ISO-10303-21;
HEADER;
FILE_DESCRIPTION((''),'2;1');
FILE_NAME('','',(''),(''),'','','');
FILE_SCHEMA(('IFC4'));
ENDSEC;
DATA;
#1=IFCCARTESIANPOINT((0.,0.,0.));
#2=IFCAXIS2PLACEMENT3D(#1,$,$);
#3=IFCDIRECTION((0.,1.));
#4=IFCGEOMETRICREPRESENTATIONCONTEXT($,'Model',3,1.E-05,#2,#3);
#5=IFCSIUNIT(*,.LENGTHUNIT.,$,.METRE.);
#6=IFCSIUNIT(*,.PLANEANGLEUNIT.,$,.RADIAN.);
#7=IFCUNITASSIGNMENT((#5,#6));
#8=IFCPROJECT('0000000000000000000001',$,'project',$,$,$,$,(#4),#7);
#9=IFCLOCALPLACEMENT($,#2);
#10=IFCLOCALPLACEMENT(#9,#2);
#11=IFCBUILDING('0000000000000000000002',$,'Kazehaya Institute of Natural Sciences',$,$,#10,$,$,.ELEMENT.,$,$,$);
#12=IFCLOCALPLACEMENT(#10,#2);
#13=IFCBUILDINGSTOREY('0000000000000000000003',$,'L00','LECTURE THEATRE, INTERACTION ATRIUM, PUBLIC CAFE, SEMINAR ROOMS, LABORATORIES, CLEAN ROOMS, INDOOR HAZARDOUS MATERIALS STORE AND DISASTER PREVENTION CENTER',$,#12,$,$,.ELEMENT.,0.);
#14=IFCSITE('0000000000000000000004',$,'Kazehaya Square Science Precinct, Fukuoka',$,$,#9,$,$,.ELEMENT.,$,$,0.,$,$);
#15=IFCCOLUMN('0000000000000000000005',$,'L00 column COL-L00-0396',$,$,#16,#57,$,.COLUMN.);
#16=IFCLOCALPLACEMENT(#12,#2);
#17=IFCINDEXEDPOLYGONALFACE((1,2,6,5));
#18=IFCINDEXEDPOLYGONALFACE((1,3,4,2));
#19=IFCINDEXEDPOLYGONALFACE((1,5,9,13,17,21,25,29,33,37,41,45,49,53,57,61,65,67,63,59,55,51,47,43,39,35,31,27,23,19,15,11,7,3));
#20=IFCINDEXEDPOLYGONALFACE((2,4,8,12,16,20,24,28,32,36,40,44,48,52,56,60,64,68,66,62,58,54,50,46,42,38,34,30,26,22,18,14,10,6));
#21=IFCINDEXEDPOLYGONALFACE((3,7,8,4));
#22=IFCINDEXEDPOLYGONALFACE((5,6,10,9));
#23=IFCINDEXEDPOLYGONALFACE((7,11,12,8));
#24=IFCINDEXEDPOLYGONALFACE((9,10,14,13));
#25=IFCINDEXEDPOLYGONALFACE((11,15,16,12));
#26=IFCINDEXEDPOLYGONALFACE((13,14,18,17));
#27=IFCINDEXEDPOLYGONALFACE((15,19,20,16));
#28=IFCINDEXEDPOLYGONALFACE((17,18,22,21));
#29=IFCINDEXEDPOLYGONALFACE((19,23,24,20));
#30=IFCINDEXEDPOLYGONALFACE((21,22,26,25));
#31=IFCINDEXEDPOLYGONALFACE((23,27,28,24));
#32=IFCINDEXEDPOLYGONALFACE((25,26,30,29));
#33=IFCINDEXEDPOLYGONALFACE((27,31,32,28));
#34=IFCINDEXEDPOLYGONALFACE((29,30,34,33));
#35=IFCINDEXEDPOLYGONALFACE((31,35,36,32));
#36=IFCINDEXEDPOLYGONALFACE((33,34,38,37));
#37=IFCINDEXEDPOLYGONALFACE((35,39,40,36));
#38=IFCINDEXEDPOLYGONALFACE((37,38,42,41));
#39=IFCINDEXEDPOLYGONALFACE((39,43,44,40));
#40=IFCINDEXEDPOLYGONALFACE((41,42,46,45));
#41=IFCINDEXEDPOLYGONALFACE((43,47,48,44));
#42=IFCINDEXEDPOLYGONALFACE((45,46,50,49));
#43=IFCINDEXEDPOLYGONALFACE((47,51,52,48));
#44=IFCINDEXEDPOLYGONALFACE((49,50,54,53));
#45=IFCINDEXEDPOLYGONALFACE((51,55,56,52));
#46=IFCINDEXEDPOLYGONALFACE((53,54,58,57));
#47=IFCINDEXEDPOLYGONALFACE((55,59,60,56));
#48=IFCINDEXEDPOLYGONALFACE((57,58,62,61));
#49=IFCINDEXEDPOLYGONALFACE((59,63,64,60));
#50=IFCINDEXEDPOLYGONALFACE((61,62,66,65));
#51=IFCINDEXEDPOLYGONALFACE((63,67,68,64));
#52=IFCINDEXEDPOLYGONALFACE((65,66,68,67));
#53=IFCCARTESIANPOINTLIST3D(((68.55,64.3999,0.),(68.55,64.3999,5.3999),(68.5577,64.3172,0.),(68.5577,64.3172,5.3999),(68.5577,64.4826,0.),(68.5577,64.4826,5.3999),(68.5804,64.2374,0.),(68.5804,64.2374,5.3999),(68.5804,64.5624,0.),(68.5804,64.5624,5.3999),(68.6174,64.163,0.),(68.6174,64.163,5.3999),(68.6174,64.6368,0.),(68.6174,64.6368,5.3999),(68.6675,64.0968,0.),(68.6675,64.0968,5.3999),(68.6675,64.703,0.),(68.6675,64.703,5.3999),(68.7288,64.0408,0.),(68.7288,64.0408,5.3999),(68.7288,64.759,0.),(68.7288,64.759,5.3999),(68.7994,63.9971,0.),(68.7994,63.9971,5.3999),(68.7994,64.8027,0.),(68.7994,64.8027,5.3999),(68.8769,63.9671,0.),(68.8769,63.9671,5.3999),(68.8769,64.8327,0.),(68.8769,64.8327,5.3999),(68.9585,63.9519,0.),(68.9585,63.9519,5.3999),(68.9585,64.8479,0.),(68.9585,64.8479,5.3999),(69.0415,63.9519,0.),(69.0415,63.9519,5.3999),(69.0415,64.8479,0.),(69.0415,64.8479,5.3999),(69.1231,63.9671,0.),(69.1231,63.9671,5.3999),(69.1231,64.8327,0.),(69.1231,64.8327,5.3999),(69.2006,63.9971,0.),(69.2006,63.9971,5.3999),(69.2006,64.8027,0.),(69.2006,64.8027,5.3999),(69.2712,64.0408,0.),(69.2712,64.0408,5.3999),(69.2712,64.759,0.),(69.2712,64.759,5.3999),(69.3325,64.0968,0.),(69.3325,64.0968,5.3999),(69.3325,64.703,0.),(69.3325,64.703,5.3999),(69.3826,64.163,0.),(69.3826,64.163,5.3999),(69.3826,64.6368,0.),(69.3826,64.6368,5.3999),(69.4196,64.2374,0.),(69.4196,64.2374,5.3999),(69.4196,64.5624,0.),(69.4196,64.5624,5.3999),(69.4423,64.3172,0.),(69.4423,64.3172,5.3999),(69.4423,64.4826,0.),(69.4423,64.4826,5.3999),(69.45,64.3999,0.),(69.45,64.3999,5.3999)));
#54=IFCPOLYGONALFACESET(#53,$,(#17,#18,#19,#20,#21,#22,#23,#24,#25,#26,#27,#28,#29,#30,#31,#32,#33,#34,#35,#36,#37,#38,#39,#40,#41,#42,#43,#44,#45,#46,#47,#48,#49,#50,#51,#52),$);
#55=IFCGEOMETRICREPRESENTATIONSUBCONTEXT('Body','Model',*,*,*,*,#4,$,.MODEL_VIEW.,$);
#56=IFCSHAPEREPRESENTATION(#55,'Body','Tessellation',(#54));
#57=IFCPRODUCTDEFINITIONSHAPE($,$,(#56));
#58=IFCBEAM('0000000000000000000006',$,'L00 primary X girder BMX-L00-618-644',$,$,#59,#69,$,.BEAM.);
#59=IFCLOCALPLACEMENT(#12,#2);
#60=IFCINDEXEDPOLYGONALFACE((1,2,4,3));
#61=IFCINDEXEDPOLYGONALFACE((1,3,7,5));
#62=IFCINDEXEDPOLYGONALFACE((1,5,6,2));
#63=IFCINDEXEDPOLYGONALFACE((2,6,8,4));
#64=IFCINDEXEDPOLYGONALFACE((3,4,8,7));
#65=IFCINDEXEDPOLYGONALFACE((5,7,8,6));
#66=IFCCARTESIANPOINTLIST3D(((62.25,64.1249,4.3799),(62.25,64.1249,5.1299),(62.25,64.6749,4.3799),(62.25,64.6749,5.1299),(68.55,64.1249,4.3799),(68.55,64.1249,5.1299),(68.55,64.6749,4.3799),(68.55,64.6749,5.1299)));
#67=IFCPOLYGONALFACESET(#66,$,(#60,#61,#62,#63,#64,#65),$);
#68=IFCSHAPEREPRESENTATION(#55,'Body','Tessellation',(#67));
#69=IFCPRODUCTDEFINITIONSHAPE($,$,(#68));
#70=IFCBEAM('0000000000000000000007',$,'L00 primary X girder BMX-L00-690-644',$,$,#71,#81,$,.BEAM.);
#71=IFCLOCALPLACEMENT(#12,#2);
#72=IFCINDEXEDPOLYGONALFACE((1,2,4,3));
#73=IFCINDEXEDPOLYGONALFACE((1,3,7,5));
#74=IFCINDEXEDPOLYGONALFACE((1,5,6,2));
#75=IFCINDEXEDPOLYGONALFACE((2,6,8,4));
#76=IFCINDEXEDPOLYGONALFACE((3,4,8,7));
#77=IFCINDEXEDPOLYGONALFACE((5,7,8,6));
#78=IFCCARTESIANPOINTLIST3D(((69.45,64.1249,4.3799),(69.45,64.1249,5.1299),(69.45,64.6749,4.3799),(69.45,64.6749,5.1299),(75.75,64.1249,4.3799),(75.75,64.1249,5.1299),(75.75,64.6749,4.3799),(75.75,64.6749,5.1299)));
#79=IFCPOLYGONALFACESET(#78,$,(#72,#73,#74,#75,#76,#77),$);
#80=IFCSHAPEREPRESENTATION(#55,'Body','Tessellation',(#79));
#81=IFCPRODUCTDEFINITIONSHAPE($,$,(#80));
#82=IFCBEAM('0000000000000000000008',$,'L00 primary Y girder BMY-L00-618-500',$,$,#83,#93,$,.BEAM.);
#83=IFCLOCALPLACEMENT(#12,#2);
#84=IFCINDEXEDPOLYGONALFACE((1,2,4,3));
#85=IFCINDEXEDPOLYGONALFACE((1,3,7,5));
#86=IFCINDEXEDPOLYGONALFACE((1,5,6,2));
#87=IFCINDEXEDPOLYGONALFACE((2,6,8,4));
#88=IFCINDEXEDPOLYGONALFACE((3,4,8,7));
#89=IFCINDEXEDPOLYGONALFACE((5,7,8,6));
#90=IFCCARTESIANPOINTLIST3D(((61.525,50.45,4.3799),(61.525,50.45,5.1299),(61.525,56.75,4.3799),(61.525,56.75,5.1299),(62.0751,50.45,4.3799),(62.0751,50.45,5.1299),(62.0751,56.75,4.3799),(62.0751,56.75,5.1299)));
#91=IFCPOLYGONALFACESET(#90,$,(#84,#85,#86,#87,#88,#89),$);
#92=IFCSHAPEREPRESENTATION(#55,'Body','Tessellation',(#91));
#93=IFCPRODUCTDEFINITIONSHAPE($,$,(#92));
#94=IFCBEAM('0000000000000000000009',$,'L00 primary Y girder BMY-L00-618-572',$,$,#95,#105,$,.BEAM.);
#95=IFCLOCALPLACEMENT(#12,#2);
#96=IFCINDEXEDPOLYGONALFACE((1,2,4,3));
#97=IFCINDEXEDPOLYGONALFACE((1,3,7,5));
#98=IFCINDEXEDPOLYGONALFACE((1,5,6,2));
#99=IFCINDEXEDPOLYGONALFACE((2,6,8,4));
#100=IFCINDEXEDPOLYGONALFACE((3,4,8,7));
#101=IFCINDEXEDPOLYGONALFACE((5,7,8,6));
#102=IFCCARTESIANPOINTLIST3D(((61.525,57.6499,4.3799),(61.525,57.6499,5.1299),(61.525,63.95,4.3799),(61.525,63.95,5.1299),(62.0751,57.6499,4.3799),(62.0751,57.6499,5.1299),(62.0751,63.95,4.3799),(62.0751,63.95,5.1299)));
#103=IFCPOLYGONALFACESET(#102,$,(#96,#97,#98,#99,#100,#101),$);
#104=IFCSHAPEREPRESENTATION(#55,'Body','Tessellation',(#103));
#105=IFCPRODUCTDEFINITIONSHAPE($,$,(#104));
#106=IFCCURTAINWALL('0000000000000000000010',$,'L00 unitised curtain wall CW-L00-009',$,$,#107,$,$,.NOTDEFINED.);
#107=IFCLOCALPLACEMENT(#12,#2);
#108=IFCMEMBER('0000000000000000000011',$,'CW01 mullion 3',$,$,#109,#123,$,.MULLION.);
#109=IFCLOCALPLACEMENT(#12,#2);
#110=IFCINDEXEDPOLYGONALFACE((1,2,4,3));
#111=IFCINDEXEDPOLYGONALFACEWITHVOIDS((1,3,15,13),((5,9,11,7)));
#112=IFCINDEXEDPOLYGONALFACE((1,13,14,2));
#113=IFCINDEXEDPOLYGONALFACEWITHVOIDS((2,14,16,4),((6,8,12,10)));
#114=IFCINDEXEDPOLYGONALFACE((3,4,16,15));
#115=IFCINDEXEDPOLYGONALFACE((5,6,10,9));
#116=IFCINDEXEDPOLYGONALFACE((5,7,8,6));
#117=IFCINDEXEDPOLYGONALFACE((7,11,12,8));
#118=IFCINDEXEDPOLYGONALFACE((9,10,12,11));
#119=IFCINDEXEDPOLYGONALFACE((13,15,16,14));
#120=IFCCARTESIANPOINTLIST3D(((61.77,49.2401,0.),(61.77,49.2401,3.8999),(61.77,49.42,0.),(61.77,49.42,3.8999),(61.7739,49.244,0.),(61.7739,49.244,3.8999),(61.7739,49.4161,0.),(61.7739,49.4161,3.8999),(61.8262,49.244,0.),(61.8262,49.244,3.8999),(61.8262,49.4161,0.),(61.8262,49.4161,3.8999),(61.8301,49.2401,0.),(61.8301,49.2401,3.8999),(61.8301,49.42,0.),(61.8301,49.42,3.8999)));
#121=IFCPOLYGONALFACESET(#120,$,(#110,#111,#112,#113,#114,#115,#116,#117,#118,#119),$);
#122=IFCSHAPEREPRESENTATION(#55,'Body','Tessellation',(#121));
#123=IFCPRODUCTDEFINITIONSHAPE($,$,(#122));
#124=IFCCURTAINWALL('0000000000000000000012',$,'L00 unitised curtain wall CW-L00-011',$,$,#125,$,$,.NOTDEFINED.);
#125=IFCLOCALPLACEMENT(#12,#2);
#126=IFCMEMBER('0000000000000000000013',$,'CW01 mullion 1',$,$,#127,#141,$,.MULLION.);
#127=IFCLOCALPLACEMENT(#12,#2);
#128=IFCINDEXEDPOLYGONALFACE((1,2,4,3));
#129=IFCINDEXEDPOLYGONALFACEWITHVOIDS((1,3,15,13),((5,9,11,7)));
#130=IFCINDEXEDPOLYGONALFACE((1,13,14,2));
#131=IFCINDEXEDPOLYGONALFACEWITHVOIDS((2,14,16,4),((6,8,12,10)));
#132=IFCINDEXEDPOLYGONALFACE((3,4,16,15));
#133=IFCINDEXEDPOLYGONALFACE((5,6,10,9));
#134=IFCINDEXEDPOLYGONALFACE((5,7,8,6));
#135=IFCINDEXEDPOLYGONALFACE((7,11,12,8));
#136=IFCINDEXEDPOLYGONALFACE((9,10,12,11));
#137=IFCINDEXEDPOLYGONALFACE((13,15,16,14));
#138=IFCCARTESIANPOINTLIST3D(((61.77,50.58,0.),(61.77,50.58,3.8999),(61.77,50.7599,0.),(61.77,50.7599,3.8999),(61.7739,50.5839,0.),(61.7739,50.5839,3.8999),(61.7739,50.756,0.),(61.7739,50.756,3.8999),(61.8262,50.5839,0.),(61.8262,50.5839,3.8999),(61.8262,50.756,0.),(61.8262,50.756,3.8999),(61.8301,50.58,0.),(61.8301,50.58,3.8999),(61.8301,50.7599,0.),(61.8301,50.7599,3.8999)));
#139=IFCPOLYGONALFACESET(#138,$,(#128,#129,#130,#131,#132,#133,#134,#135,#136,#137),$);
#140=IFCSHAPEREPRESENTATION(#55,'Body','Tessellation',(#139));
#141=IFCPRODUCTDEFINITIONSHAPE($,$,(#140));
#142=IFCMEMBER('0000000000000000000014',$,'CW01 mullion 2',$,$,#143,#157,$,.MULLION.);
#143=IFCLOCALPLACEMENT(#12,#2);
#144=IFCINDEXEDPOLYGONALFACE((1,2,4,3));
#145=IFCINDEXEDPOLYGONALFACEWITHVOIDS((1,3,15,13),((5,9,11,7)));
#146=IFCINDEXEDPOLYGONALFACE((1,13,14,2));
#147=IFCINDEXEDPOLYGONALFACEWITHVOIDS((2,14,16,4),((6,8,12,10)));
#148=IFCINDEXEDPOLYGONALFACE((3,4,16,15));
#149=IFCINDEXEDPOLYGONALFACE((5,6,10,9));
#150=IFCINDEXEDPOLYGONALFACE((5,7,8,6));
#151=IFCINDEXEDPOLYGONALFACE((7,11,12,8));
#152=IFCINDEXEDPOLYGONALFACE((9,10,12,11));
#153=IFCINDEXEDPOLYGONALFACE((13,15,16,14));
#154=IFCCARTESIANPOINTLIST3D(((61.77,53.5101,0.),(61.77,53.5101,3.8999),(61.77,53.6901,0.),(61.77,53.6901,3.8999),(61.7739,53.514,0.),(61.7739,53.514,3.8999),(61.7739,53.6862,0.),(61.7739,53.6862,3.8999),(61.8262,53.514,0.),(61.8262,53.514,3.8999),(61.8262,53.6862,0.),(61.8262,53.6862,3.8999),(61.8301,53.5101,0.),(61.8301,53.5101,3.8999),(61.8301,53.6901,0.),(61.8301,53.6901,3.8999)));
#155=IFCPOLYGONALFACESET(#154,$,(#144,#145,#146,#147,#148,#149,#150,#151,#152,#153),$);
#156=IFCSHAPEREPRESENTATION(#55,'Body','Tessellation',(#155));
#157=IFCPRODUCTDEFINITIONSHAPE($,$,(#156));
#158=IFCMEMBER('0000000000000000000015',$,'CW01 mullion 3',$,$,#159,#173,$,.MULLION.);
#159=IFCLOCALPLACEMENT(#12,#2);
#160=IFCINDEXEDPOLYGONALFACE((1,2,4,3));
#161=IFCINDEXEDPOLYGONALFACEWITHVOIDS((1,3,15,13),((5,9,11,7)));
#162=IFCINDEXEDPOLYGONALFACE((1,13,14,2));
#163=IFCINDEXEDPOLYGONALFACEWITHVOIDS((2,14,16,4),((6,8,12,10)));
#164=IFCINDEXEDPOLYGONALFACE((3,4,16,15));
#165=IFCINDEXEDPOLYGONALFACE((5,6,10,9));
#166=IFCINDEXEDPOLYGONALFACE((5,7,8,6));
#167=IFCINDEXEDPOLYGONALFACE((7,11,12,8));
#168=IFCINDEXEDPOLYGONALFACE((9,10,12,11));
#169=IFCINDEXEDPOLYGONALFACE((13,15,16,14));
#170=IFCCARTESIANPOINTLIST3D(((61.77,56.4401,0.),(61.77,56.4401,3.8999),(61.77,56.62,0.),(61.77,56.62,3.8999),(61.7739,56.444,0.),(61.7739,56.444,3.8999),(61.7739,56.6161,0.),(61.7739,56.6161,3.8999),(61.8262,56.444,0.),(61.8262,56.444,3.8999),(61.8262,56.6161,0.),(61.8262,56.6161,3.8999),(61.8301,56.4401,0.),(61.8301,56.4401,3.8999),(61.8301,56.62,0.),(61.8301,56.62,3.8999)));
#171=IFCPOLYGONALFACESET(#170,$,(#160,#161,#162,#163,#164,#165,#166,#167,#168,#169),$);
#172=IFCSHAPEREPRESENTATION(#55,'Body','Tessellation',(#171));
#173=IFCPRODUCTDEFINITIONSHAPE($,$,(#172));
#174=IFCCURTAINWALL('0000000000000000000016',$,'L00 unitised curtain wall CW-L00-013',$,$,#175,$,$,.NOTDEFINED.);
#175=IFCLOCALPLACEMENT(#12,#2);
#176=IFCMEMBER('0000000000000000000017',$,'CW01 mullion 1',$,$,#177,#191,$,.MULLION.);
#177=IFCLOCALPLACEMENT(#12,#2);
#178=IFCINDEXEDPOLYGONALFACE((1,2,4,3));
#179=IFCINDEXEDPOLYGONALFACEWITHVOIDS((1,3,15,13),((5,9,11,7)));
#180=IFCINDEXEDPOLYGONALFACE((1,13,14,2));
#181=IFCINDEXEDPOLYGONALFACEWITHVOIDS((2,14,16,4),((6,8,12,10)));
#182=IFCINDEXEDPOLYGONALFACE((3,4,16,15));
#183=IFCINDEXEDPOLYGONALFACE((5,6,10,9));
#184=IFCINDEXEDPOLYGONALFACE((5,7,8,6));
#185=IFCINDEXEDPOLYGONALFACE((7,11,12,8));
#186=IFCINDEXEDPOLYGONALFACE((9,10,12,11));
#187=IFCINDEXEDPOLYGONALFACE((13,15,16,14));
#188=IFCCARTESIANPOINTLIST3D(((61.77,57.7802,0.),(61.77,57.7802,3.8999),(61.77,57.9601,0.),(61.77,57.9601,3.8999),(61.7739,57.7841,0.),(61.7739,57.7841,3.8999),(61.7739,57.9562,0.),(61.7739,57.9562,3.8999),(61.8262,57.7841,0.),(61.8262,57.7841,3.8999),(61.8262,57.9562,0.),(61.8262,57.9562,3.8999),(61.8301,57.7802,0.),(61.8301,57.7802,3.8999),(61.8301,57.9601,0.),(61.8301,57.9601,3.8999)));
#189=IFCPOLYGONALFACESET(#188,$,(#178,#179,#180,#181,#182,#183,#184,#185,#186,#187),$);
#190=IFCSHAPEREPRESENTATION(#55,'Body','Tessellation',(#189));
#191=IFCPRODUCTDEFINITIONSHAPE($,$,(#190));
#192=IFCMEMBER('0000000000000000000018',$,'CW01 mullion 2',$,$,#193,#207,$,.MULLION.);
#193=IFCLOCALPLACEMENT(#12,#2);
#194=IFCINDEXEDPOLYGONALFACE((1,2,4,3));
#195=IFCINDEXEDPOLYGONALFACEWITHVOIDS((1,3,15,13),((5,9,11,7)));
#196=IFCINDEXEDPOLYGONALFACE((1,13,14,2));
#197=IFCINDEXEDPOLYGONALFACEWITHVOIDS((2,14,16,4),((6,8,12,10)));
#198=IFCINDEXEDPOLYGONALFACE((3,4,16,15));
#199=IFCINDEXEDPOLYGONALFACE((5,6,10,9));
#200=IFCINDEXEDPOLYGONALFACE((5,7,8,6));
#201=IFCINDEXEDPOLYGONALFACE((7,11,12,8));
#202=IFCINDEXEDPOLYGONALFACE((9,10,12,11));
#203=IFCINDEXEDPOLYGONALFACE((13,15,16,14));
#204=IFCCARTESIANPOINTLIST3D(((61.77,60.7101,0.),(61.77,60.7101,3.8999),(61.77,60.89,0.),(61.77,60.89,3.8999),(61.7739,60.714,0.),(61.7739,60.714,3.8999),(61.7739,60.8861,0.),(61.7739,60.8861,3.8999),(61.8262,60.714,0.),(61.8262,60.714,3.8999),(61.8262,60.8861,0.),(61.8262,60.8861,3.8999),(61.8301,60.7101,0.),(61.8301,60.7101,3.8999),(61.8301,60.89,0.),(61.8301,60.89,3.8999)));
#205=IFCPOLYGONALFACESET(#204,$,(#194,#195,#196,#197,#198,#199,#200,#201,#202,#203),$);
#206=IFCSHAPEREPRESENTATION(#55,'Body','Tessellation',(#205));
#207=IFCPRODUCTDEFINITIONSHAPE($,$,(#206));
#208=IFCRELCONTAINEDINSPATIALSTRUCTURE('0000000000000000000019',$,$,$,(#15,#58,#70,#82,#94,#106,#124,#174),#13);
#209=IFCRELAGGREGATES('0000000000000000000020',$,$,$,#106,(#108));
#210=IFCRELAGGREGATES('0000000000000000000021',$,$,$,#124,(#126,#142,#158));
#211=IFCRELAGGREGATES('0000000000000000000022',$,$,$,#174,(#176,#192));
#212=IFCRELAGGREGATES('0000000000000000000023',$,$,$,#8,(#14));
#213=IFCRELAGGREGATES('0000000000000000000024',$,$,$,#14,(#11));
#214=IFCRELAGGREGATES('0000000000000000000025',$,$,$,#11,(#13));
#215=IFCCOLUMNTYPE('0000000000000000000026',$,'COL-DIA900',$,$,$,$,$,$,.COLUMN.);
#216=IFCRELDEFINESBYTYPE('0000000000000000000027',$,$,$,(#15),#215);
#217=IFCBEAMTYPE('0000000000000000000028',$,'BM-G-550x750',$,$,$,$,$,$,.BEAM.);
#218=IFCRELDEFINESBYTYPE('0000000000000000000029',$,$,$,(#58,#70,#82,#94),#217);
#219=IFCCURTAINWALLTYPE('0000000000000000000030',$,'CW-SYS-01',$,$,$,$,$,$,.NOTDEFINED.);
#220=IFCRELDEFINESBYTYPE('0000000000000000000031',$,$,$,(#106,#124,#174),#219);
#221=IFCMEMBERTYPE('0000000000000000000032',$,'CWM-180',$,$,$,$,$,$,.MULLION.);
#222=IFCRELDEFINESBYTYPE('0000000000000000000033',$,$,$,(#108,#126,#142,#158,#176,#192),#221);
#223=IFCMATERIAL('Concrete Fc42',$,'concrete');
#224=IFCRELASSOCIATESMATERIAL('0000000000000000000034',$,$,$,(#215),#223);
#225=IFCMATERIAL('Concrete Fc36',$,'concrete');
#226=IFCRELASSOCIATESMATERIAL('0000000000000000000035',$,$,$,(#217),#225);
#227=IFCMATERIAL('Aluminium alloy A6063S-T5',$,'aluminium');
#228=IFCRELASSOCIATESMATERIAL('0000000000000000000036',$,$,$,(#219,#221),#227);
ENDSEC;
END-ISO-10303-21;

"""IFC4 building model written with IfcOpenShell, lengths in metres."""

from ifc_helpers import new_model, si_unit, direction, frame, origin, origin_2d, place, context, subcontext, project, spatial, rectangle, hollow_rectangle, circle, extrude, material, material_profile, profile_set, type_object, element, aggregate, save


model = new_model("IFC4")

# Units and contexts
model_context = context("Model", 3, precision=1e-05, world=origin(), true_north=direction((0.0, 1.0)))
body_context = subcontext(model_context, "Body", "Model", "MODEL_VIEW")
ifc_project = project(units=[si_unit("LENGTHUNIT", "METRE"), si_unit("PLANEANGLEUNIT", "RADIAN")], contexts=[model_context])

# Site, building, storey
site_placement = place(None, origin())
site = spatial("IfcSite", under=ifc_project, at=site_placement, Name="Kazehaya Square Science Precinct, Fukuoka", CompositionType="ELEMENT", RefElevation=0.0)
building_placement = place(site_placement, origin())
building = spatial("IfcBuilding", under=site, at=building_placement, Name="Kazehaya Institute of Natural Sciences", CompositionType="ELEMENT")
storey_placement = place(building_placement, origin())
storey = spatial("IfcBuildingStorey", under=building, at=storey_placement, Name="L00", Description="LECTURE THEATRE, INTERACTION ATRIUM, PUBLIC CAFE, SEMINAR ROOMS, LABORATORIES, CLEAN ROOMS, INDOOR HAZARDOUS MATERIALS STORE AND DISASTER PREVENTION CENTER", CompositionType="ELEMENT", Elevation=0.0)

# Column
ifc_material_1 = material(Name="Concrete Fc36", Category="concrete")
ifc_material_2 = material(Name="Concrete Fc42", Category="concrete")
ifc_material_profile_1 = material_profile(ifc_material_2, circle(Radius=0.45, at=origin_2d()), Name="RC-DIA900")
ifc_profile_set_1 = profile_set([ifc_material_profile_1], Name="Concrete Fc42")
column_type_1 = type_object("IfcColumnType", Name="COL-DIA900", PredefinedType="COLUMN", material=ifc_profile_set_1)
for number, where, z_axis, x_axis, name in (
    (1, (69.0, 64.3999, 0.0), (0.0, 0.0, 1.0), (1.0, 0.0, 0.0), "L00 column COL-L00-0396"),
):
    element("IfcColumn", number, at=place(storey_placement, frame(where, z_axis=z_axis, x_axis=x_axis)), inside=storey, type_object=column_type_1, Name=name, PredefinedType="COLUMN", context=body_context, shape_type="SweptSolid", body=[
        extrude(circle(Radius=0.45, at=origin_2d()), origin(), (0.0, 0.0, 1.0), 5.3999),
    ])

# Beams
ifc_material_profile_2 = material_profile(ifc_material_1, rectangle(XDim=0.55, YDim=0.75, at=origin_2d()), Name="RC-550x750")
ifc_profile_set_2 = profile_set([ifc_material_profile_2], Name="Concrete Fc36")
beam_type = type_object("IfcBeamType", Name="BM-G-550x750", PredefinedType="BEAM", material=ifc_profile_set_2)
for number, where, z_axis, x_axis, name in (
    (2, (62.25, 64.3999, 4.7549), (1.0, 0.0, 0.0), (0.0, 1.0, 0.0), "L00 primary X girder BMX-L00-618-644"),
    (3, (69.45, 64.3999, 4.7549), (1.0, 0.0, 0.0), (0.0, 1.0, 0.0), "L00 primary X girder BMX-L00-690-644"),
    (4, (61.8, 50.45, 4.7549), (0.0, 1.0, 0.0), (-1.0, 0.0, 0.0), "L00 primary Y girder BMY-L00-618-500"),
    (5, (61.8, 57.6499, 4.7549), (0.0, 1.0, 0.0), (-1.0, 0.0, 0.0), "L00 primary Y girder BMY-L00-618-572"),
):
    element("IfcBeam", number, at=place(storey_placement, frame(where, z_axis=z_axis, x_axis=x_axis)), inside=storey, type_object=beam_type, Name=name, PredefinedType="BEAM", context=body_context, shape_type="SweptSolid", body=[
        extrude(rectangle(XDim=0.55, YDim=0.75, at=origin_2d()), origin(), (0.0, 0.0, 1.0), 6.3),
    ])

# Curtain wall, member
ifc_material_3 = material(Name="Aluminium alloy A6063S-T5", Category="aluminium")
curtain_wall_type = type_object("IfcCurtainWallType", Name="CW-SYS-01", PredefinedType="NOTDEFINED", material=ifc_material_3)
curtain_wall_1_placement = place(storey_placement, origin())
curtain_wall_1 = element("IfcCurtainWall", 6, at=curtain_wall_1_placement, inside=storey, type_object=curtain_wall_type, Name="L00 unitised curtain wall CW-L00-009", PredefinedType="NOTDEFINED")
ifc_material_profile_3 = material_profile(ifc_material_3, hollow_rectangle(XDim=0.0601, YDim=0.1799, WallThickness=0.0039, at=origin_2d()), Name="ALU-60x180x4")
ifc_profile_set_3 = profile_set([ifc_material_profile_3], Name="Aluminium alloy A6063S-T5")
member_type_1 = type_object("IfcMemberType", Name="CWM-180", PredefinedType="MULLION", material=ifc_profile_set_3)
member_1_placement = place(storey_placement, frame((61.8, 49.3301, 0.0), z_axis=(0.0, 0.0, 1.0), x_axis=(-1.0, 0.0, 0.0)))
member_1 = element("IfcMember", 7, at=member_1_placement, type_object=member_type_1, Name="CW01 mullion 3", PredefinedType="MULLION", context=body_context, shape_type="SweptSolid", body=[
    extrude(hollow_rectangle(XDim=0.0601, YDim=0.1799, WallThickness=0.0039, at=origin_2d()), origin(), (0.0, 0.0, 1.0), 3.8999),
])
aggregate(curtain_wall_1, [member_1])

# Curtain walls, members
curtain_wall_2_placement = place(storey_placement, origin())
curtain_wall_2 = element("IfcCurtainWall", 8, at=curtain_wall_2_placement, inside=storey, type_object=curtain_wall_type, Name="L00 unitised curtain wall CW-L00-011", PredefinedType="NOTDEFINED")
member_2_placement = place(storey_placement, frame((61.8, 50.6699, 0.0), z_axis=(0.0, 0.0, 1.0), x_axis=(-1.0, 0.0, 0.0)))
member_2 = element("IfcMember", 9, at=member_2_placement, type_object=member_type_1, Name="CW01 mullion 1", PredefinedType="MULLION", context=body_context, shape_type="SweptSolid", body=[
    extrude(hollow_rectangle(XDim=0.0601, YDim=0.1799, WallThickness=0.0039, at=origin_2d()), origin(), (0.0, 0.0, 1.0), 3.8999),
])
member_3_placement = place(storey_placement, frame((61.8, 53.6001, 0.0), z_axis=(0.0, 0.0, 1.0), x_axis=(-1.0, 0.0, 0.0)))
member_3 = element("IfcMember", 10, at=member_3_placement, type_object=member_type_1, Name="CW01 mullion 2", PredefinedType="MULLION", context=body_context, shape_type="SweptSolid", body=[
    extrude(hollow_rectangle(XDim=0.0601, YDim=0.1799, WallThickness=0.0039, at=origin_2d()), origin(), (0.0, 0.0, 1.0), 3.8999),
])
member_4_placement = place(storey_placement, frame((61.8, 56.53, 0.0), z_axis=(0.0, 0.0, 1.0), x_axis=(-1.0, 0.0, 0.0)))
member_4 = element("IfcMember", 11, at=member_4_placement, type_object=member_type_1, Name="CW01 mullion 3", PredefinedType="MULLION", context=body_context, shape_type="SweptSolid", body=[
    extrude(hollow_rectangle(XDim=0.0601, YDim=0.1799, WallThickness=0.0039, at=origin_2d()), origin(), (0.0, 0.0, 1.0), 3.8999),
])
curtain_wall_3_placement = place(storey_placement, origin())
curtain_wall_3 = element("IfcCurtainWall", 12, at=curtain_wall_3_placement, inside=storey, type_object=curtain_wall_type, Name="L00 unitised curtain wall CW-L00-013", PredefinedType="NOTDEFINED")
member_5_placement = place(storey_placement, frame((61.8, 57.8701, 0.0), z_axis=(0.0, 0.0, 1.0), x_axis=(-1.0, 0.0, 0.0)))
member_5 = element("IfcMember", 13, at=member_5_placement, type_object=member_type_1, Name="CW01 mullion 1", PredefinedType="MULLION", context=body_context, shape_type="SweptSolid", body=[
    extrude(hollow_rectangle(XDim=0.0601, YDim=0.1799, WallThickness=0.0039, at=origin_2d()), origin(), (0.0, 0.0, 1.0), 3.8999),
])
member_6_placement = place(storey_placement, frame((61.8, 60.8, 0.0), z_axis=(0.0, 0.0, 1.0), x_axis=(-1.0, 0.0, 0.0)))
member_6 = element("IfcMember", 14, at=member_6_placement, type_object=member_type_1, Name="CW01 mullion 2", PredefinedType="MULLION", context=body_context, shape_type="SweptSolid", body=[
    extrude(hollow_rectangle(XDim=0.0601, YDim=0.1799, WallThickness=0.0039, at=origin_2d()), origin(), (0.0, 0.0, 1.0), 3.8999),
])

aggregate(curtain_wall_2, [member_2, member_3, member_4])
aggregate(curtain_wall_3, [member_5, member_6])

save(model, "model.ifc")
